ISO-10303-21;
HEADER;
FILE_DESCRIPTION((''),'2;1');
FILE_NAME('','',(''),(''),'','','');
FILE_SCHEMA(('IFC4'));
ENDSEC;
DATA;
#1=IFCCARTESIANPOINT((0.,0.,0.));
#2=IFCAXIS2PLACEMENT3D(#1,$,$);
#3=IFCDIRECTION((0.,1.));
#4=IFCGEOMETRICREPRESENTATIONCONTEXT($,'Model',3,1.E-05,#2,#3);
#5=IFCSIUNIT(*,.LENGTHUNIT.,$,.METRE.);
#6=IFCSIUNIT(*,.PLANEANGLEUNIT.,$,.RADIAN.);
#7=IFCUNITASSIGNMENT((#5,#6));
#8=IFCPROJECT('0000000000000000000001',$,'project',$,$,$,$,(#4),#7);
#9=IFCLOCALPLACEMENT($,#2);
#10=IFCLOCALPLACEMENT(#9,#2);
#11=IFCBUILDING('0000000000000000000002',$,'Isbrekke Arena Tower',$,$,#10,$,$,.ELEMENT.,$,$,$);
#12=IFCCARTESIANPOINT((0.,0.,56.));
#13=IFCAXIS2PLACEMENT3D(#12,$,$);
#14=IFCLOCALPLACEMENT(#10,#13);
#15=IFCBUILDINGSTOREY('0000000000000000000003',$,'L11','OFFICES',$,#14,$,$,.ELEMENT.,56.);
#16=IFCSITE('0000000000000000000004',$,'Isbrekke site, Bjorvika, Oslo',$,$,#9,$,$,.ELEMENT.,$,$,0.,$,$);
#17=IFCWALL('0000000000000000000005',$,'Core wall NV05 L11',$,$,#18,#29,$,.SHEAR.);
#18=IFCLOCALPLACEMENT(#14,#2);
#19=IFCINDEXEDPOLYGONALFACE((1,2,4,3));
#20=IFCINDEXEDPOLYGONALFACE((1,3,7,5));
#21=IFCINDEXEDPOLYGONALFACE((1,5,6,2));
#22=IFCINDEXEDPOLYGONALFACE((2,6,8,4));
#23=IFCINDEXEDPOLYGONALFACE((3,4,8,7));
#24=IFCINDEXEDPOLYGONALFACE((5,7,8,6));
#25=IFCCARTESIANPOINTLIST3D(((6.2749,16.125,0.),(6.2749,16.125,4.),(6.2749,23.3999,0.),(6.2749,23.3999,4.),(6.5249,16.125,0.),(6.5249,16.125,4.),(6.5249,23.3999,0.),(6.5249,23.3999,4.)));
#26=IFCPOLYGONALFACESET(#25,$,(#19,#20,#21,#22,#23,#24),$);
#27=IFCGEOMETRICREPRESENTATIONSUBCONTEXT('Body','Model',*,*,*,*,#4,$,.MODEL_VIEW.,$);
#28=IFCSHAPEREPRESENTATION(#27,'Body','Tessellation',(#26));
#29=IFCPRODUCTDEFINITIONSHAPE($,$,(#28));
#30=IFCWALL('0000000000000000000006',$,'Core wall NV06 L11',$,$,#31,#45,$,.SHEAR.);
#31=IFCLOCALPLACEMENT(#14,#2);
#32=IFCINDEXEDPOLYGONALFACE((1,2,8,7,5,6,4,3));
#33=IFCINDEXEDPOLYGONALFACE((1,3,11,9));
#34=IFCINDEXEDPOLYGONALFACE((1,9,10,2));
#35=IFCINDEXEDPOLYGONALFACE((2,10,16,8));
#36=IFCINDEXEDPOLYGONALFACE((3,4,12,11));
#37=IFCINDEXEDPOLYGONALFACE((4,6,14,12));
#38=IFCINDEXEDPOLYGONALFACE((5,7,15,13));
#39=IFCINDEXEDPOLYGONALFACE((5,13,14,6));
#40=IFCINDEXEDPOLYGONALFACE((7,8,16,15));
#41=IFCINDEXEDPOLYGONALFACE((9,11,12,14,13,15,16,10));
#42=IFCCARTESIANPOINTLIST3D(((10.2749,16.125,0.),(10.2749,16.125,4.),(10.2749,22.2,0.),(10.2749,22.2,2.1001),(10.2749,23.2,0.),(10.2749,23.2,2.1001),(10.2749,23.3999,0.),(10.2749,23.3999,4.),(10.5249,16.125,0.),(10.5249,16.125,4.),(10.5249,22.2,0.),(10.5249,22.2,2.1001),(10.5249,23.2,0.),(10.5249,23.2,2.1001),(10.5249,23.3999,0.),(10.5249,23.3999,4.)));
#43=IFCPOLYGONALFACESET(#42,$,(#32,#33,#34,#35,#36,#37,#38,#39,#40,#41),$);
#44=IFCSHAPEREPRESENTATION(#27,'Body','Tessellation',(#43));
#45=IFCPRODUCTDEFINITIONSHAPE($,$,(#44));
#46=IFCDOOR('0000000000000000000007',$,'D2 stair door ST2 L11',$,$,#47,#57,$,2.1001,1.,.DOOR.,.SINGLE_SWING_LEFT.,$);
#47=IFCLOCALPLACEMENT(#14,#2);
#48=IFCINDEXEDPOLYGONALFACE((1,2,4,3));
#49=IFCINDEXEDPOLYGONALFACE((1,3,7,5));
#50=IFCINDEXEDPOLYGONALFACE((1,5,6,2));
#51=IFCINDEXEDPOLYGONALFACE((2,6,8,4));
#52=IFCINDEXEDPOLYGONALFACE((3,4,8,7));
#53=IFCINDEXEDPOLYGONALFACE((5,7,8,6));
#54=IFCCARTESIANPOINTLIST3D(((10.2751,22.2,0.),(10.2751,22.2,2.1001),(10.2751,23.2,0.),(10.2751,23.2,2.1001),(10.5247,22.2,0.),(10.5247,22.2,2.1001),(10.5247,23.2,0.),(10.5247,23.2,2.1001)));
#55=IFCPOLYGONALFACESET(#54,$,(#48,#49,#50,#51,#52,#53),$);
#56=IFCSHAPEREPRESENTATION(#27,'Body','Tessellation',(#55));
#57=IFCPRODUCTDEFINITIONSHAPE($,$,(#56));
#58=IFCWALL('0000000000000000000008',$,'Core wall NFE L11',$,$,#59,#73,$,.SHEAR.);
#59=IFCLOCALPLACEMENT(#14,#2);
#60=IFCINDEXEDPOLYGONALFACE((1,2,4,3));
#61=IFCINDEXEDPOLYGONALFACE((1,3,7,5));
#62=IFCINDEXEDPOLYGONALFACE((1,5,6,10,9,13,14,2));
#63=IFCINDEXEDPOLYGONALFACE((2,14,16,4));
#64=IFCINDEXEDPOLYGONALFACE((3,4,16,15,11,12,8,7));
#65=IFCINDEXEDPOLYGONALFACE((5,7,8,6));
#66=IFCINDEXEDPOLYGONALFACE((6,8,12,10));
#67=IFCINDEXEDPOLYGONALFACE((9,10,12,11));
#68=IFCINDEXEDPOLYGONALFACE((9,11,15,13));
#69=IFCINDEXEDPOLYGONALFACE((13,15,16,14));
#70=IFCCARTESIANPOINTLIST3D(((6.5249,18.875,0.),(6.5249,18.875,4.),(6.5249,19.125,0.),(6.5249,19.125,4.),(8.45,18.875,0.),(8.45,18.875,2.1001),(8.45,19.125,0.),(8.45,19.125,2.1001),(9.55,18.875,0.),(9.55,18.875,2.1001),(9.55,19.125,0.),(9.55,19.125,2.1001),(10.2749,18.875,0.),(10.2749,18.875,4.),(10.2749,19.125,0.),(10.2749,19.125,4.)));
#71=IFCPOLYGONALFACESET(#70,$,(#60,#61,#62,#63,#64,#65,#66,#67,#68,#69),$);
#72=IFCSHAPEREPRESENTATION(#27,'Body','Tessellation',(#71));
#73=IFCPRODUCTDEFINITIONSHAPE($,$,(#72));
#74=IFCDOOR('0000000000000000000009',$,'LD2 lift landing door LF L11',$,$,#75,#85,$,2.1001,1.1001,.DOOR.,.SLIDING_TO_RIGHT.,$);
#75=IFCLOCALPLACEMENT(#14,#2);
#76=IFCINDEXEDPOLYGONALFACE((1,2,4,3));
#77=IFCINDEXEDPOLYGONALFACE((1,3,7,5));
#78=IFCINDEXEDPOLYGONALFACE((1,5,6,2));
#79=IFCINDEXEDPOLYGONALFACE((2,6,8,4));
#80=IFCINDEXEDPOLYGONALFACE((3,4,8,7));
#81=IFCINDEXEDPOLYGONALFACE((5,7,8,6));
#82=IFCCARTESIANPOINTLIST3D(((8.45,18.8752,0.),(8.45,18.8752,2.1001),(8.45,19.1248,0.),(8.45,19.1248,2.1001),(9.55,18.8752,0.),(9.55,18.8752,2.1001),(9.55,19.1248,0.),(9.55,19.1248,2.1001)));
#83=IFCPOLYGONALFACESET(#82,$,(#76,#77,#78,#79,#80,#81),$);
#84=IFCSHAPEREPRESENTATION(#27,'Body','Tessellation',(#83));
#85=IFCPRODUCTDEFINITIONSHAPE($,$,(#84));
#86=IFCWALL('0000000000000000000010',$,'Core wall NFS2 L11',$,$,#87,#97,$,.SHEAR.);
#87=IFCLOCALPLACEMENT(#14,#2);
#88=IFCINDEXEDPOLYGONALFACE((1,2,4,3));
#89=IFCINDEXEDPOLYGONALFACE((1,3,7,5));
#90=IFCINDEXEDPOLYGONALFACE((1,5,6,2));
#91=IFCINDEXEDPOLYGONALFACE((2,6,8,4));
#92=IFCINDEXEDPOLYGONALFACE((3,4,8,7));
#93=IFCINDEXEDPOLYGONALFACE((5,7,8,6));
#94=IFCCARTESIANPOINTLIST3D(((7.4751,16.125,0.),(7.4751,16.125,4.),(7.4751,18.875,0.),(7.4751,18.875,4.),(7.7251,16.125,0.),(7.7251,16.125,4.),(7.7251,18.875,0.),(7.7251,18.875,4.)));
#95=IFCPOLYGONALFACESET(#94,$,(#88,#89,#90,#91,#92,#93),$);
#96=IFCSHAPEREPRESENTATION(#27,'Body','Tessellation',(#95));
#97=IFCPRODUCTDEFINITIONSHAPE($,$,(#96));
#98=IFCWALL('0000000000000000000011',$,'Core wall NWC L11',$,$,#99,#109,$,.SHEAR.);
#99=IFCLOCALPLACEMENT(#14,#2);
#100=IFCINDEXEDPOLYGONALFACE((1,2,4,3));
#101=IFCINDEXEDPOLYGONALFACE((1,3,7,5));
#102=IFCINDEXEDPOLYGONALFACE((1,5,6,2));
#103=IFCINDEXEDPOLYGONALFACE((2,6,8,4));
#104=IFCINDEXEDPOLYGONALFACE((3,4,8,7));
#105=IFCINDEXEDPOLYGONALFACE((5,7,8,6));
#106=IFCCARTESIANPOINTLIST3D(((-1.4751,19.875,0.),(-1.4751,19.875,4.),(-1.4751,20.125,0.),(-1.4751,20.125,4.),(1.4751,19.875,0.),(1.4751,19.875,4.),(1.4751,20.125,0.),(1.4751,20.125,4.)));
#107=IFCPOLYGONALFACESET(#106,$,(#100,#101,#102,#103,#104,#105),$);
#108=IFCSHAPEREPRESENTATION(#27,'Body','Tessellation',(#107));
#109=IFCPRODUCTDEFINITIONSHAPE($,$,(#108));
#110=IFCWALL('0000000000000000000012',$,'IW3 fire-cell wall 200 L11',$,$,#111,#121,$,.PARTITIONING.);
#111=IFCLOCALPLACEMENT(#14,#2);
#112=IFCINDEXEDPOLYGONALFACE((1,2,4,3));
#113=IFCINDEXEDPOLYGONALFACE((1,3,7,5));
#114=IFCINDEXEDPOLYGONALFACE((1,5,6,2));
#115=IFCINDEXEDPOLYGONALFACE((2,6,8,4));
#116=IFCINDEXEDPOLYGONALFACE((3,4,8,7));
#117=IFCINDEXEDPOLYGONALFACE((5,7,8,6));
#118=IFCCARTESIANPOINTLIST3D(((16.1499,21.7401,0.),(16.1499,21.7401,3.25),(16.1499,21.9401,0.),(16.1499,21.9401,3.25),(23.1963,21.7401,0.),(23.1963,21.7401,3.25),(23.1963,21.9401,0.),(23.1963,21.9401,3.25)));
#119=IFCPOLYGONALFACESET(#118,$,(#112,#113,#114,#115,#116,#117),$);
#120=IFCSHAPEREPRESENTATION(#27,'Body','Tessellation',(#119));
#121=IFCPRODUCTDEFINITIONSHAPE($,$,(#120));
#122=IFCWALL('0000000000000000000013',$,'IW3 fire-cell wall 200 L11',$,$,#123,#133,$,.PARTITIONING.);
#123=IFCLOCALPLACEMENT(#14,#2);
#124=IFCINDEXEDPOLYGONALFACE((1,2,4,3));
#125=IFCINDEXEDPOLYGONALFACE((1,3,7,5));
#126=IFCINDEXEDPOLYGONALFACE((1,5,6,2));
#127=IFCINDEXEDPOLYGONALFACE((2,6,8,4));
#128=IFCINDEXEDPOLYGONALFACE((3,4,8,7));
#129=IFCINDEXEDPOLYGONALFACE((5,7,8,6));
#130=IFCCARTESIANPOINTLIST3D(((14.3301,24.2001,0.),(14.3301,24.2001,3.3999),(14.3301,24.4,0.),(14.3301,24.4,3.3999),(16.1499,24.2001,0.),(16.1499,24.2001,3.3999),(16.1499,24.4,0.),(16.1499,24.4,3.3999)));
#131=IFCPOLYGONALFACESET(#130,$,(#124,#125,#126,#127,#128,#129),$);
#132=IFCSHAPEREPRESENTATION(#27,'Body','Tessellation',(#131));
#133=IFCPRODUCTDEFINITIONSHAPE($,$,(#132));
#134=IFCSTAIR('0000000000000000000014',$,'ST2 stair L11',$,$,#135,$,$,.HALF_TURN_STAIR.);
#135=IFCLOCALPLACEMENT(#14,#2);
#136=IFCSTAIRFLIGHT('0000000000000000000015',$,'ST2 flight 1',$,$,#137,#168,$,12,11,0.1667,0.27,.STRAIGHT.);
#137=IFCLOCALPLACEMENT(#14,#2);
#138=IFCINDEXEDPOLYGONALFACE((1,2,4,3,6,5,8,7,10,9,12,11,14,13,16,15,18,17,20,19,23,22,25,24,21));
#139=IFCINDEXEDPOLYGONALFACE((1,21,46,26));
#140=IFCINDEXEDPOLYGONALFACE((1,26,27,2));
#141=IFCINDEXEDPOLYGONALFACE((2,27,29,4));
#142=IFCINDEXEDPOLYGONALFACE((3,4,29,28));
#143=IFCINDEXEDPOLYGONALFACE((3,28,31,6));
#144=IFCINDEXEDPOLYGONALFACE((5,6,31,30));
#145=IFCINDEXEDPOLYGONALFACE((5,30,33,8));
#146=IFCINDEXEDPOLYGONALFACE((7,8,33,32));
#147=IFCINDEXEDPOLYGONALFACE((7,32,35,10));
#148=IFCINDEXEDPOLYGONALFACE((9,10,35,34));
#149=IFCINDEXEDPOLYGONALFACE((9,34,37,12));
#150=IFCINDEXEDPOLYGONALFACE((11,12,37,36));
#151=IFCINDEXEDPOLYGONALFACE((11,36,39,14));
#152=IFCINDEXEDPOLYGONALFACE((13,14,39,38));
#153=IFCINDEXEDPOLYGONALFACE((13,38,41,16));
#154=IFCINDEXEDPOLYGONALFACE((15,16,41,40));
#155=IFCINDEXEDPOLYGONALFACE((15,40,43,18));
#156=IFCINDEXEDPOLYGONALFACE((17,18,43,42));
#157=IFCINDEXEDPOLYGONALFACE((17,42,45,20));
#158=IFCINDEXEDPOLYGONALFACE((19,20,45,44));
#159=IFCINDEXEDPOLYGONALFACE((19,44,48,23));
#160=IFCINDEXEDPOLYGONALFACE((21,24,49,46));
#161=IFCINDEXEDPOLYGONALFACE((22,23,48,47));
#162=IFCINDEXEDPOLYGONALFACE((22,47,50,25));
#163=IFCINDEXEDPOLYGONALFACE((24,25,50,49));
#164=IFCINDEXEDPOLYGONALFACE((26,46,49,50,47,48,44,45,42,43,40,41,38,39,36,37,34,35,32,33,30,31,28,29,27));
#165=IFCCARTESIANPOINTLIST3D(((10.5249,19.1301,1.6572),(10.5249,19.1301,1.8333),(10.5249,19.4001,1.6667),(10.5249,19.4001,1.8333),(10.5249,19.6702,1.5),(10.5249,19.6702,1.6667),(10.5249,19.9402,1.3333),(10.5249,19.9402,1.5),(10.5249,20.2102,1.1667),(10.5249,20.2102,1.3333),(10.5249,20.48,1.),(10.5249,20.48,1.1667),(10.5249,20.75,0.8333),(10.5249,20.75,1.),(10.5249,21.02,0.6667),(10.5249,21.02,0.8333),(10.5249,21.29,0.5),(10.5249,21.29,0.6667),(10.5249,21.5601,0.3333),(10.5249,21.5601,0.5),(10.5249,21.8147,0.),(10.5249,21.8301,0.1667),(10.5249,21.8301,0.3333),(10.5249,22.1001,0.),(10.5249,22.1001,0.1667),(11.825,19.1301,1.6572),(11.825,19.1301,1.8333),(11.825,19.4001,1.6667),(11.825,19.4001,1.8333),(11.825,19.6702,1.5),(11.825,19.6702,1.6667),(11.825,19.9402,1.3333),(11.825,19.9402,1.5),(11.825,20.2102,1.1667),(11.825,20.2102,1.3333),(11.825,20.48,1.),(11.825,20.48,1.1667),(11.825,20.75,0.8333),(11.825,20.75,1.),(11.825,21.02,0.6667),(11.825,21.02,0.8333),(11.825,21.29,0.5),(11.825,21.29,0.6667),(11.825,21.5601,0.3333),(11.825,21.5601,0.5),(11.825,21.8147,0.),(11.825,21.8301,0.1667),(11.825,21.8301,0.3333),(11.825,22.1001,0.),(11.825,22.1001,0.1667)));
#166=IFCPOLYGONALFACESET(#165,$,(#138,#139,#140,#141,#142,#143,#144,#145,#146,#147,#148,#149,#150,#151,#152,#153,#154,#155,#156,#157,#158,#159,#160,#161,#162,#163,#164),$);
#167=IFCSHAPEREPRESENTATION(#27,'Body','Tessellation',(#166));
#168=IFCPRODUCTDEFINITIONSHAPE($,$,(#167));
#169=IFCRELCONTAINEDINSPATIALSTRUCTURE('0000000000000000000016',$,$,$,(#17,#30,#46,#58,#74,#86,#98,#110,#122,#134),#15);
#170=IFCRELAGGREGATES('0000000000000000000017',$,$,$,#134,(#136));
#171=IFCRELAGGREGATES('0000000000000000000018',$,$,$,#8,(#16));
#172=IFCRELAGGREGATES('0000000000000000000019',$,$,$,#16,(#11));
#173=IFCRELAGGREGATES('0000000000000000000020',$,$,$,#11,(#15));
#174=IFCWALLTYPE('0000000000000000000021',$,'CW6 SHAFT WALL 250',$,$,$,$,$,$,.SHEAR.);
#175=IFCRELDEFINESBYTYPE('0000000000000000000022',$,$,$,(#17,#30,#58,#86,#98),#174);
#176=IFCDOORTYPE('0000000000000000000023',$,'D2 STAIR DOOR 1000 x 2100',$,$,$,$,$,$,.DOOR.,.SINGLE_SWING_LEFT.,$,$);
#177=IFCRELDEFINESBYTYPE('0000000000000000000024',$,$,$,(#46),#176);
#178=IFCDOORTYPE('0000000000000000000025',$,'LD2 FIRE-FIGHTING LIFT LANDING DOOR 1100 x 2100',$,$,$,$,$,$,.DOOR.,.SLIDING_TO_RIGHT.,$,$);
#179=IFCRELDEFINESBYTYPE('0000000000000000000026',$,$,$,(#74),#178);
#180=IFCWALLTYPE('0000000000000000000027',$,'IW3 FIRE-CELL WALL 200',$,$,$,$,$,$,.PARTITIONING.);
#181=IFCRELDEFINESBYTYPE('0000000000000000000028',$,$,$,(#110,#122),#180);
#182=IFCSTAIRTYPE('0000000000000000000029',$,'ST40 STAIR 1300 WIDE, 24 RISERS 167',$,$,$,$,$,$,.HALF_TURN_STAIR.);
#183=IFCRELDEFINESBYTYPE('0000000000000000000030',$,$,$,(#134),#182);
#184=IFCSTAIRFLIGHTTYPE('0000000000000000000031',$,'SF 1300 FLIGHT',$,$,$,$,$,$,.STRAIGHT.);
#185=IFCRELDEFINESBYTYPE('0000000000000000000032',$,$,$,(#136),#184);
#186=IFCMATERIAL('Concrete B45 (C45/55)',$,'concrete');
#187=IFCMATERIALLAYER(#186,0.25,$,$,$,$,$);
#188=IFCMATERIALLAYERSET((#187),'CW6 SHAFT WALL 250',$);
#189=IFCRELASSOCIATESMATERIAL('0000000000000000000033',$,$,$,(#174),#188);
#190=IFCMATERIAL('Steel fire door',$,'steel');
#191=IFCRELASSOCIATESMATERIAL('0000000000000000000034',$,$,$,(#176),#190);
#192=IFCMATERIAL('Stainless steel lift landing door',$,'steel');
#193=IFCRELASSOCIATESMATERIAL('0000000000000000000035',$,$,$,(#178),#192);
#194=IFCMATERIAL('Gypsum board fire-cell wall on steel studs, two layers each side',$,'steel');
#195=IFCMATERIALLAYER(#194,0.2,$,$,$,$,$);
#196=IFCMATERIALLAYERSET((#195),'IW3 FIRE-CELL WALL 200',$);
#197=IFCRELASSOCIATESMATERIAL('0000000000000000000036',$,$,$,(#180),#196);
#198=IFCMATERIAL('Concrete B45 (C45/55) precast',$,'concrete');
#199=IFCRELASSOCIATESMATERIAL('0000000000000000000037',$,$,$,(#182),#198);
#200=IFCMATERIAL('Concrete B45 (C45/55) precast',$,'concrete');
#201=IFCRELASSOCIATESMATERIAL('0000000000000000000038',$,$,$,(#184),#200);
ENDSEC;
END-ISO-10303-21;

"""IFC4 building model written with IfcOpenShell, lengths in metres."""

from ifc_helpers import new_model, si_unit, direction, frame, frame_2d, origin, place, context, subcontext, project, spatial, polyline, rectangle, outline, extrude, material, layer, layer_set, type_object, element, fill, aggregate, save


model = new_model("IFC4")

# Units and contexts
model_context = context("Model", 3, precision=1e-05, world=origin(), true_north=direction((0.0, 1.0)))
body_context = subcontext(model_context, "Body", "Model", "MODEL_VIEW")
ifc_project = project(units=[si_unit("LENGTHUNIT", "METRE"), si_unit("PLANEANGLEUNIT", "RADIAN")], contexts=[model_context])

# Site, building, storey
site_placement = place(None, origin())
site = spatial("IfcSite", under=ifc_project, at=site_placement, Name="Isbrekke site, Bjorvika, Oslo", CompositionType="ELEMENT", RefElevation=0.0)
building_placement = place(site_placement, origin())
building = spatial("IfcBuilding", under=site, at=building_placement, Name="Isbrekke Arena Tower", CompositionType="ELEMENT")
storey_placement = place(building_placement, frame((0.0, 0.0, 56.0)))
storey = spatial("IfcBuildingStorey", under=building, at=storey_placement, Name="L11", Description="OFFICES", CompositionType="ELEMENT", Elevation=56.0)

# Wall
ifc_material_1 = material(Name="Concrete B45 (C45/55)", Category="concrete")
ifc_layer_1 = layer(ifc_material_1, 0.25)
ifc_layer_set_1 = layer_set([ifc_layer_1], Name="CW6 SHAFT WALL 250")
wall_type_1 = type_object("IfcWallType", Name="CW6 SHAFT WALL 250", PredefinedType="SHEAR", material=ifc_layer_set_1)
for number, where, z_axis, x_axis, name in (
    (1, (6.3999, 16.125, 0.0), (0.0, 0.0, 1.0), (0.0, 1.0, 0.0), "Core wall NV05 L11"),
):
    element("IfcWall", number, at=place(storey_placement, frame(where, z_axis=z_axis, x_axis=x_axis)), inside=storey, type_object=wall_type_1, Name=name, PredefinedType="SHEAR", context=body_context, shape_type="SweptSolid", body=[
        extrude(rectangle(XDim=7.2749, YDim=0.25, at=frame_2d((3.6375, 0.0))), origin(), (0.0, 0.0, 1.0), 4.0),
    ])

# Walls, openings, doors
wall_1_placement = place(storey_placement, frame((10.3999, 16.125, 0.0), z_axis=(0.0, 0.0, 1.0), x_axis=(0.0, 1.0, 0.0)))
wall_1 = element("IfcWall", 2, at=wall_1_placement, inside=storey, type_object=wall_type_1, Name="Core wall NV06 L11", PredefinedType="SHEAR", context=body_context, shape_type="SweptSolid", body=[
    extrude(rectangle(XDim=7.2749, YDim=0.25, at=frame_2d((3.6375, 0.0))), origin(), (0.0, 0.0, 1.0), 4.0),
])
opening_1_placement = place(wall_1_placement, frame((6.075, 0.0, 0.0)))
opening_1 = element("IfcOpeningElement", 3, at=opening_1_placement, cuts=wall_1, PredefinedType="OPENING", context=body_context, shape_type="SweptSolid", body=[
    extrude(rectangle(XDim=1.0, YDim=2.1001, at=frame_2d((0.5, 1.05))), frame((0.0, 0.1399, 0.0), z_axis=(0.0, -1.0, 0.0), x_axis=(1.0, 0.0, 0.0)), (0.0, 0.0, 1.0), 0.2798),
])
ifc_material_2 = material(Name="Steel fire door", Category="steel")
door_type_1 = type_object("IfcDoorType", Name="D2 STAIR DOOR 1000 x 2100", OperationType="SINGLE_SWING_LEFT", PredefinedType="DOOR", material=ifc_material_2)
door_1_placement = place(opening_1_placement, origin())
door_1 = element("IfcDoor", 4, at=door_1_placement, inside=storey, type_object=door_type_1, Name="D2 stair door ST2 L11", OperationType="SINGLE_SWING_LEFT", OverallHeight=2.1001, OverallWidth=1.0, PredefinedType="DOOR", context=body_context, shape_type="SweptSolid", body=[
    extrude(rectangle(XDim=1.0, YDim=2.1001, at=frame_2d((0.5, 1.05))), frame((0.0, 0.1248, 0.0), z_axis=(0.0, -1.0, 0.0), x_axis=(1.0, 0.0, 0.0)), (0.0, 0.0, 1.0), 0.2495),
])
fill(opening_1, door_1)
wall_2_placement = place(storey_placement, frame((6.5249, 19.0, 0.0), z_axis=(0.0, 0.0, 1.0), x_axis=(1.0, 0.0, 0.0)))
wall_2 = element("IfcWall", 5, at=wall_2_placement, inside=storey, type_object=wall_type_1, Name="Core wall NFE L11", PredefinedType="SHEAR", context=body_context, shape_type="SweptSolid", body=[
    extrude(rectangle(XDim=3.75, YDim=0.25, at=frame_2d((1.875, 0.0))), origin(), (0.0, 0.0, 1.0), 4.0),
])
opening_2_placement = place(wall_2_placement, frame((1.925, 0.0, 0.0)))
opening_2 = element("IfcOpeningElement", 6, at=opening_2_placement, cuts=wall_2, PredefinedType="OPENING", context=body_context, shape_type="SweptSolid", body=[
    extrude(rectangle(XDim=1.1001, YDim=2.1001, at=frame_2d((0.55, 1.05))), frame((0.0, 0.1399, 0.0), z_axis=(0.0, -1.0, 0.0), x_axis=(1.0, 0.0, 0.0)), (0.0, 0.0, 1.0), 0.2798),
])
ifc_material_3 = material(Name="Stainless steel lift landing door", Category="steel")
door_type_2 = type_object("IfcDoorType", Name="LD2 FIRE-FIGHTING LIFT LANDING DOOR 1100 x 2100", OperationType="SLIDING_TO_RIGHT", PredefinedType="DOOR", material=ifc_material_3)
door_2_placement = place(opening_2_placement, origin())
door_2 = element("IfcDoor", 7, at=door_2_placement, inside=storey, type_object=door_type_2, Name="LD2 lift landing door LF L11", OperationType="SLIDING_TO_RIGHT", OverallHeight=2.1001, OverallWidth=1.1001, PredefinedType="DOOR", context=body_context, shape_type="SweptSolid", body=[
    extrude(rectangle(XDim=1.1001, YDim=2.1001, at=frame_2d((0.55, 1.05))), frame((0.0, 0.1248, 0.0), z_axis=(0.0, -1.0, 0.0), x_axis=(1.0, 0.0, 0.0)), (0.0, 0.0, 1.0), 0.2495),
])
fill(opening_2, door_2)

# Walls
wall_3_placement = place(storey_placement, frame((7.6001, 16.125, 0.0), z_axis=(0.0, 0.0, 1.0), x_axis=(0.0, 1.0, 0.0)))
element("IfcWall", 8, at=wall_3_placement, inside=storey, type_object=wall_type_1, Name="Core wall NFS2 L11", PredefinedType="SHEAR", context=body_context, shape_type="SweptSolid", body=[
    extrude(rectangle(XDim=2.75, YDim=0.25, at=frame_2d((1.375, 0.0))), origin(), (0.0, 0.0, 1.0), 4.0),
])
wall_4_placement = place(storey_placement, frame((-1.4751, 20.0, 0.0), z_axis=(0.0, 0.0, 1.0), x_axis=(1.0, 0.0, 0.0)))
element("IfcWall", 9, at=wall_4_placement, inside=storey, type_object=wall_type_1, Name="Core wall NWC L11", PredefinedType="SHEAR", context=body_context, shape_type="SweptSolid", body=[
    extrude(rectangle(XDim=2.9502, YDim=0.25, at=frame_2d((1.4751, 0.0))), origin(), (0.0, 0.0, 1.0), 4.0),
])
ifc_material_4 = material(Name="Gypsum board fire-cell wall on steel studs, two layers each side", Category="steel")
ifc_layer_2 = layer(ifc_material_4, 0.2)
ifc_layer_set_2 = layer_set([ifc_layer_2], Name="IW3 FIRE-CELL WALL 200")
wall_type_2 = type_object("IfcWallType", Name="IW3 FIRE-CELL WALL 200", PredefinedType="PARTITIONING", material=ifc_layer_set_2)
wall_5_placement = place(storey_placement, frame((16.1499, 21.8401, 0.0), z_axis=(0.0, 0.0, 1.0), x_axis=(1.0, 0.0, 0.0)))
element("IfcWall", 10, at=wall_5_placement, inside=storey, type_object=wall_type_2, Name="IW3 fire-cell wall 200 L11", PredefinedType="PARTITIONING", context=body_context, shape_type="SweptSolid", body=[
    extrude(rectangle(XDim=7.0464, YDim=0.2, at=frame_2d((3.5232, 0.0))), origin(), (0.0, 0.0, 1.0), 3.25),
])
wall_6_placement = place(storey_placement, frame((14.3301, 24.3, 0.0), z_axis=(0.0, 0.0, 1.0), x_axis=(1.0, 0.0, 0.0)))
element("IfcWall", 11, at=wall_6_placement, inside=storey, type_object=wall_type_2, Name="IW3 fire-cell wall 200 L11", PredefinedType="PARTITIONING", context=body_context, shape_type="SweptSolid", body=[
    extrude(rectangle(XDim=1.8198, YDim=0.2, at=frame_2d((0.9099, 0.0))), origin(), (0.0, 0.0, 1.0), 3.3999),
])

# Stair, stair flight
ifc_material_5 = material(Name="Concrete B45 (C45/55) precast", Category="concrete")
stair_type = type_object("IfcStairType", Name="ST40 STAIR 1300 WIDE, 24 RISERS 167", PredefinedType="HALF_TURN_STAIR", material=ifc_material_5)
stair_placement = place(storey_placement, origin())
stair = element("IfcStair", 12, at=stair_placement, inside=storey, type_object=stair_type, Name="ST2 stair L11", PredefinedType="HALF_TURN_STAIR")
ifc_material_6 = material(Name="Concrete B45 (C45/55) precast", Category="concrete")
stair_flight_type = type_object("IfcStairFlightType", Name="SF 1300 FLIGHT", PredefinedType="STRAIGHT", material=ifc_material_6)
stair_flight_1_placement = place(storey_placement, frame((11.175, 22.1001, 0.0), z_axis=(0.0, 0.0, 1.0), x_axis=(0.0, -1.0, 0.0)))
stair_flight_1 = element("IfcStairFlight", 13, at=stair_flight_1_placement, type_object=stair_flight_type, Name="ST2 flight 1", NumberOfRisers=12, NumberOfTreads=11, PredefinedType="STRAIGHT", RiserHeight=0.1667, TreadLength=0.27, context=body_context, shape_type="SweptSolid", body=[
    extrude(outline(polyline([(0.0, 0.0), (0.0, 0.1667), (0.27, 0.1667), (0.27, 0.3333), (0.54, 0.3333), (0.54, 0.5), (0.8101, 0.5), (0.8101, 0.6667), (1.0801, 0.6667), (1.0801, 0.8333), (1.3501, 0.8333), (1.3501, 1.0), (1.6201, 1.0), (1.6201, 1.1667), (1.8899, 1.1667), (1.8899, 1.3333), (2.1599, 1.3333), (2.1599, 1.5), (2.4299, 1.5), (2.4299, 1.6667), (2.7, 1.6667), (2.7, 1.8333), (2.97, 1.8333), (2.97, 2.0), (2.97, 1.6572), (0.2854, 0.0), (0.0, 0.0)])), frame((0.0, 0.6499, 0.0), z_axis=(0.0, -1.0, 0.0), x_axis=(1.0, 0.0, 0.0)), (0.0, 0.0, 1.0), 1.3),
])
aggregate(stair, [stair_flight_1])

save(model, "model.ifc")
